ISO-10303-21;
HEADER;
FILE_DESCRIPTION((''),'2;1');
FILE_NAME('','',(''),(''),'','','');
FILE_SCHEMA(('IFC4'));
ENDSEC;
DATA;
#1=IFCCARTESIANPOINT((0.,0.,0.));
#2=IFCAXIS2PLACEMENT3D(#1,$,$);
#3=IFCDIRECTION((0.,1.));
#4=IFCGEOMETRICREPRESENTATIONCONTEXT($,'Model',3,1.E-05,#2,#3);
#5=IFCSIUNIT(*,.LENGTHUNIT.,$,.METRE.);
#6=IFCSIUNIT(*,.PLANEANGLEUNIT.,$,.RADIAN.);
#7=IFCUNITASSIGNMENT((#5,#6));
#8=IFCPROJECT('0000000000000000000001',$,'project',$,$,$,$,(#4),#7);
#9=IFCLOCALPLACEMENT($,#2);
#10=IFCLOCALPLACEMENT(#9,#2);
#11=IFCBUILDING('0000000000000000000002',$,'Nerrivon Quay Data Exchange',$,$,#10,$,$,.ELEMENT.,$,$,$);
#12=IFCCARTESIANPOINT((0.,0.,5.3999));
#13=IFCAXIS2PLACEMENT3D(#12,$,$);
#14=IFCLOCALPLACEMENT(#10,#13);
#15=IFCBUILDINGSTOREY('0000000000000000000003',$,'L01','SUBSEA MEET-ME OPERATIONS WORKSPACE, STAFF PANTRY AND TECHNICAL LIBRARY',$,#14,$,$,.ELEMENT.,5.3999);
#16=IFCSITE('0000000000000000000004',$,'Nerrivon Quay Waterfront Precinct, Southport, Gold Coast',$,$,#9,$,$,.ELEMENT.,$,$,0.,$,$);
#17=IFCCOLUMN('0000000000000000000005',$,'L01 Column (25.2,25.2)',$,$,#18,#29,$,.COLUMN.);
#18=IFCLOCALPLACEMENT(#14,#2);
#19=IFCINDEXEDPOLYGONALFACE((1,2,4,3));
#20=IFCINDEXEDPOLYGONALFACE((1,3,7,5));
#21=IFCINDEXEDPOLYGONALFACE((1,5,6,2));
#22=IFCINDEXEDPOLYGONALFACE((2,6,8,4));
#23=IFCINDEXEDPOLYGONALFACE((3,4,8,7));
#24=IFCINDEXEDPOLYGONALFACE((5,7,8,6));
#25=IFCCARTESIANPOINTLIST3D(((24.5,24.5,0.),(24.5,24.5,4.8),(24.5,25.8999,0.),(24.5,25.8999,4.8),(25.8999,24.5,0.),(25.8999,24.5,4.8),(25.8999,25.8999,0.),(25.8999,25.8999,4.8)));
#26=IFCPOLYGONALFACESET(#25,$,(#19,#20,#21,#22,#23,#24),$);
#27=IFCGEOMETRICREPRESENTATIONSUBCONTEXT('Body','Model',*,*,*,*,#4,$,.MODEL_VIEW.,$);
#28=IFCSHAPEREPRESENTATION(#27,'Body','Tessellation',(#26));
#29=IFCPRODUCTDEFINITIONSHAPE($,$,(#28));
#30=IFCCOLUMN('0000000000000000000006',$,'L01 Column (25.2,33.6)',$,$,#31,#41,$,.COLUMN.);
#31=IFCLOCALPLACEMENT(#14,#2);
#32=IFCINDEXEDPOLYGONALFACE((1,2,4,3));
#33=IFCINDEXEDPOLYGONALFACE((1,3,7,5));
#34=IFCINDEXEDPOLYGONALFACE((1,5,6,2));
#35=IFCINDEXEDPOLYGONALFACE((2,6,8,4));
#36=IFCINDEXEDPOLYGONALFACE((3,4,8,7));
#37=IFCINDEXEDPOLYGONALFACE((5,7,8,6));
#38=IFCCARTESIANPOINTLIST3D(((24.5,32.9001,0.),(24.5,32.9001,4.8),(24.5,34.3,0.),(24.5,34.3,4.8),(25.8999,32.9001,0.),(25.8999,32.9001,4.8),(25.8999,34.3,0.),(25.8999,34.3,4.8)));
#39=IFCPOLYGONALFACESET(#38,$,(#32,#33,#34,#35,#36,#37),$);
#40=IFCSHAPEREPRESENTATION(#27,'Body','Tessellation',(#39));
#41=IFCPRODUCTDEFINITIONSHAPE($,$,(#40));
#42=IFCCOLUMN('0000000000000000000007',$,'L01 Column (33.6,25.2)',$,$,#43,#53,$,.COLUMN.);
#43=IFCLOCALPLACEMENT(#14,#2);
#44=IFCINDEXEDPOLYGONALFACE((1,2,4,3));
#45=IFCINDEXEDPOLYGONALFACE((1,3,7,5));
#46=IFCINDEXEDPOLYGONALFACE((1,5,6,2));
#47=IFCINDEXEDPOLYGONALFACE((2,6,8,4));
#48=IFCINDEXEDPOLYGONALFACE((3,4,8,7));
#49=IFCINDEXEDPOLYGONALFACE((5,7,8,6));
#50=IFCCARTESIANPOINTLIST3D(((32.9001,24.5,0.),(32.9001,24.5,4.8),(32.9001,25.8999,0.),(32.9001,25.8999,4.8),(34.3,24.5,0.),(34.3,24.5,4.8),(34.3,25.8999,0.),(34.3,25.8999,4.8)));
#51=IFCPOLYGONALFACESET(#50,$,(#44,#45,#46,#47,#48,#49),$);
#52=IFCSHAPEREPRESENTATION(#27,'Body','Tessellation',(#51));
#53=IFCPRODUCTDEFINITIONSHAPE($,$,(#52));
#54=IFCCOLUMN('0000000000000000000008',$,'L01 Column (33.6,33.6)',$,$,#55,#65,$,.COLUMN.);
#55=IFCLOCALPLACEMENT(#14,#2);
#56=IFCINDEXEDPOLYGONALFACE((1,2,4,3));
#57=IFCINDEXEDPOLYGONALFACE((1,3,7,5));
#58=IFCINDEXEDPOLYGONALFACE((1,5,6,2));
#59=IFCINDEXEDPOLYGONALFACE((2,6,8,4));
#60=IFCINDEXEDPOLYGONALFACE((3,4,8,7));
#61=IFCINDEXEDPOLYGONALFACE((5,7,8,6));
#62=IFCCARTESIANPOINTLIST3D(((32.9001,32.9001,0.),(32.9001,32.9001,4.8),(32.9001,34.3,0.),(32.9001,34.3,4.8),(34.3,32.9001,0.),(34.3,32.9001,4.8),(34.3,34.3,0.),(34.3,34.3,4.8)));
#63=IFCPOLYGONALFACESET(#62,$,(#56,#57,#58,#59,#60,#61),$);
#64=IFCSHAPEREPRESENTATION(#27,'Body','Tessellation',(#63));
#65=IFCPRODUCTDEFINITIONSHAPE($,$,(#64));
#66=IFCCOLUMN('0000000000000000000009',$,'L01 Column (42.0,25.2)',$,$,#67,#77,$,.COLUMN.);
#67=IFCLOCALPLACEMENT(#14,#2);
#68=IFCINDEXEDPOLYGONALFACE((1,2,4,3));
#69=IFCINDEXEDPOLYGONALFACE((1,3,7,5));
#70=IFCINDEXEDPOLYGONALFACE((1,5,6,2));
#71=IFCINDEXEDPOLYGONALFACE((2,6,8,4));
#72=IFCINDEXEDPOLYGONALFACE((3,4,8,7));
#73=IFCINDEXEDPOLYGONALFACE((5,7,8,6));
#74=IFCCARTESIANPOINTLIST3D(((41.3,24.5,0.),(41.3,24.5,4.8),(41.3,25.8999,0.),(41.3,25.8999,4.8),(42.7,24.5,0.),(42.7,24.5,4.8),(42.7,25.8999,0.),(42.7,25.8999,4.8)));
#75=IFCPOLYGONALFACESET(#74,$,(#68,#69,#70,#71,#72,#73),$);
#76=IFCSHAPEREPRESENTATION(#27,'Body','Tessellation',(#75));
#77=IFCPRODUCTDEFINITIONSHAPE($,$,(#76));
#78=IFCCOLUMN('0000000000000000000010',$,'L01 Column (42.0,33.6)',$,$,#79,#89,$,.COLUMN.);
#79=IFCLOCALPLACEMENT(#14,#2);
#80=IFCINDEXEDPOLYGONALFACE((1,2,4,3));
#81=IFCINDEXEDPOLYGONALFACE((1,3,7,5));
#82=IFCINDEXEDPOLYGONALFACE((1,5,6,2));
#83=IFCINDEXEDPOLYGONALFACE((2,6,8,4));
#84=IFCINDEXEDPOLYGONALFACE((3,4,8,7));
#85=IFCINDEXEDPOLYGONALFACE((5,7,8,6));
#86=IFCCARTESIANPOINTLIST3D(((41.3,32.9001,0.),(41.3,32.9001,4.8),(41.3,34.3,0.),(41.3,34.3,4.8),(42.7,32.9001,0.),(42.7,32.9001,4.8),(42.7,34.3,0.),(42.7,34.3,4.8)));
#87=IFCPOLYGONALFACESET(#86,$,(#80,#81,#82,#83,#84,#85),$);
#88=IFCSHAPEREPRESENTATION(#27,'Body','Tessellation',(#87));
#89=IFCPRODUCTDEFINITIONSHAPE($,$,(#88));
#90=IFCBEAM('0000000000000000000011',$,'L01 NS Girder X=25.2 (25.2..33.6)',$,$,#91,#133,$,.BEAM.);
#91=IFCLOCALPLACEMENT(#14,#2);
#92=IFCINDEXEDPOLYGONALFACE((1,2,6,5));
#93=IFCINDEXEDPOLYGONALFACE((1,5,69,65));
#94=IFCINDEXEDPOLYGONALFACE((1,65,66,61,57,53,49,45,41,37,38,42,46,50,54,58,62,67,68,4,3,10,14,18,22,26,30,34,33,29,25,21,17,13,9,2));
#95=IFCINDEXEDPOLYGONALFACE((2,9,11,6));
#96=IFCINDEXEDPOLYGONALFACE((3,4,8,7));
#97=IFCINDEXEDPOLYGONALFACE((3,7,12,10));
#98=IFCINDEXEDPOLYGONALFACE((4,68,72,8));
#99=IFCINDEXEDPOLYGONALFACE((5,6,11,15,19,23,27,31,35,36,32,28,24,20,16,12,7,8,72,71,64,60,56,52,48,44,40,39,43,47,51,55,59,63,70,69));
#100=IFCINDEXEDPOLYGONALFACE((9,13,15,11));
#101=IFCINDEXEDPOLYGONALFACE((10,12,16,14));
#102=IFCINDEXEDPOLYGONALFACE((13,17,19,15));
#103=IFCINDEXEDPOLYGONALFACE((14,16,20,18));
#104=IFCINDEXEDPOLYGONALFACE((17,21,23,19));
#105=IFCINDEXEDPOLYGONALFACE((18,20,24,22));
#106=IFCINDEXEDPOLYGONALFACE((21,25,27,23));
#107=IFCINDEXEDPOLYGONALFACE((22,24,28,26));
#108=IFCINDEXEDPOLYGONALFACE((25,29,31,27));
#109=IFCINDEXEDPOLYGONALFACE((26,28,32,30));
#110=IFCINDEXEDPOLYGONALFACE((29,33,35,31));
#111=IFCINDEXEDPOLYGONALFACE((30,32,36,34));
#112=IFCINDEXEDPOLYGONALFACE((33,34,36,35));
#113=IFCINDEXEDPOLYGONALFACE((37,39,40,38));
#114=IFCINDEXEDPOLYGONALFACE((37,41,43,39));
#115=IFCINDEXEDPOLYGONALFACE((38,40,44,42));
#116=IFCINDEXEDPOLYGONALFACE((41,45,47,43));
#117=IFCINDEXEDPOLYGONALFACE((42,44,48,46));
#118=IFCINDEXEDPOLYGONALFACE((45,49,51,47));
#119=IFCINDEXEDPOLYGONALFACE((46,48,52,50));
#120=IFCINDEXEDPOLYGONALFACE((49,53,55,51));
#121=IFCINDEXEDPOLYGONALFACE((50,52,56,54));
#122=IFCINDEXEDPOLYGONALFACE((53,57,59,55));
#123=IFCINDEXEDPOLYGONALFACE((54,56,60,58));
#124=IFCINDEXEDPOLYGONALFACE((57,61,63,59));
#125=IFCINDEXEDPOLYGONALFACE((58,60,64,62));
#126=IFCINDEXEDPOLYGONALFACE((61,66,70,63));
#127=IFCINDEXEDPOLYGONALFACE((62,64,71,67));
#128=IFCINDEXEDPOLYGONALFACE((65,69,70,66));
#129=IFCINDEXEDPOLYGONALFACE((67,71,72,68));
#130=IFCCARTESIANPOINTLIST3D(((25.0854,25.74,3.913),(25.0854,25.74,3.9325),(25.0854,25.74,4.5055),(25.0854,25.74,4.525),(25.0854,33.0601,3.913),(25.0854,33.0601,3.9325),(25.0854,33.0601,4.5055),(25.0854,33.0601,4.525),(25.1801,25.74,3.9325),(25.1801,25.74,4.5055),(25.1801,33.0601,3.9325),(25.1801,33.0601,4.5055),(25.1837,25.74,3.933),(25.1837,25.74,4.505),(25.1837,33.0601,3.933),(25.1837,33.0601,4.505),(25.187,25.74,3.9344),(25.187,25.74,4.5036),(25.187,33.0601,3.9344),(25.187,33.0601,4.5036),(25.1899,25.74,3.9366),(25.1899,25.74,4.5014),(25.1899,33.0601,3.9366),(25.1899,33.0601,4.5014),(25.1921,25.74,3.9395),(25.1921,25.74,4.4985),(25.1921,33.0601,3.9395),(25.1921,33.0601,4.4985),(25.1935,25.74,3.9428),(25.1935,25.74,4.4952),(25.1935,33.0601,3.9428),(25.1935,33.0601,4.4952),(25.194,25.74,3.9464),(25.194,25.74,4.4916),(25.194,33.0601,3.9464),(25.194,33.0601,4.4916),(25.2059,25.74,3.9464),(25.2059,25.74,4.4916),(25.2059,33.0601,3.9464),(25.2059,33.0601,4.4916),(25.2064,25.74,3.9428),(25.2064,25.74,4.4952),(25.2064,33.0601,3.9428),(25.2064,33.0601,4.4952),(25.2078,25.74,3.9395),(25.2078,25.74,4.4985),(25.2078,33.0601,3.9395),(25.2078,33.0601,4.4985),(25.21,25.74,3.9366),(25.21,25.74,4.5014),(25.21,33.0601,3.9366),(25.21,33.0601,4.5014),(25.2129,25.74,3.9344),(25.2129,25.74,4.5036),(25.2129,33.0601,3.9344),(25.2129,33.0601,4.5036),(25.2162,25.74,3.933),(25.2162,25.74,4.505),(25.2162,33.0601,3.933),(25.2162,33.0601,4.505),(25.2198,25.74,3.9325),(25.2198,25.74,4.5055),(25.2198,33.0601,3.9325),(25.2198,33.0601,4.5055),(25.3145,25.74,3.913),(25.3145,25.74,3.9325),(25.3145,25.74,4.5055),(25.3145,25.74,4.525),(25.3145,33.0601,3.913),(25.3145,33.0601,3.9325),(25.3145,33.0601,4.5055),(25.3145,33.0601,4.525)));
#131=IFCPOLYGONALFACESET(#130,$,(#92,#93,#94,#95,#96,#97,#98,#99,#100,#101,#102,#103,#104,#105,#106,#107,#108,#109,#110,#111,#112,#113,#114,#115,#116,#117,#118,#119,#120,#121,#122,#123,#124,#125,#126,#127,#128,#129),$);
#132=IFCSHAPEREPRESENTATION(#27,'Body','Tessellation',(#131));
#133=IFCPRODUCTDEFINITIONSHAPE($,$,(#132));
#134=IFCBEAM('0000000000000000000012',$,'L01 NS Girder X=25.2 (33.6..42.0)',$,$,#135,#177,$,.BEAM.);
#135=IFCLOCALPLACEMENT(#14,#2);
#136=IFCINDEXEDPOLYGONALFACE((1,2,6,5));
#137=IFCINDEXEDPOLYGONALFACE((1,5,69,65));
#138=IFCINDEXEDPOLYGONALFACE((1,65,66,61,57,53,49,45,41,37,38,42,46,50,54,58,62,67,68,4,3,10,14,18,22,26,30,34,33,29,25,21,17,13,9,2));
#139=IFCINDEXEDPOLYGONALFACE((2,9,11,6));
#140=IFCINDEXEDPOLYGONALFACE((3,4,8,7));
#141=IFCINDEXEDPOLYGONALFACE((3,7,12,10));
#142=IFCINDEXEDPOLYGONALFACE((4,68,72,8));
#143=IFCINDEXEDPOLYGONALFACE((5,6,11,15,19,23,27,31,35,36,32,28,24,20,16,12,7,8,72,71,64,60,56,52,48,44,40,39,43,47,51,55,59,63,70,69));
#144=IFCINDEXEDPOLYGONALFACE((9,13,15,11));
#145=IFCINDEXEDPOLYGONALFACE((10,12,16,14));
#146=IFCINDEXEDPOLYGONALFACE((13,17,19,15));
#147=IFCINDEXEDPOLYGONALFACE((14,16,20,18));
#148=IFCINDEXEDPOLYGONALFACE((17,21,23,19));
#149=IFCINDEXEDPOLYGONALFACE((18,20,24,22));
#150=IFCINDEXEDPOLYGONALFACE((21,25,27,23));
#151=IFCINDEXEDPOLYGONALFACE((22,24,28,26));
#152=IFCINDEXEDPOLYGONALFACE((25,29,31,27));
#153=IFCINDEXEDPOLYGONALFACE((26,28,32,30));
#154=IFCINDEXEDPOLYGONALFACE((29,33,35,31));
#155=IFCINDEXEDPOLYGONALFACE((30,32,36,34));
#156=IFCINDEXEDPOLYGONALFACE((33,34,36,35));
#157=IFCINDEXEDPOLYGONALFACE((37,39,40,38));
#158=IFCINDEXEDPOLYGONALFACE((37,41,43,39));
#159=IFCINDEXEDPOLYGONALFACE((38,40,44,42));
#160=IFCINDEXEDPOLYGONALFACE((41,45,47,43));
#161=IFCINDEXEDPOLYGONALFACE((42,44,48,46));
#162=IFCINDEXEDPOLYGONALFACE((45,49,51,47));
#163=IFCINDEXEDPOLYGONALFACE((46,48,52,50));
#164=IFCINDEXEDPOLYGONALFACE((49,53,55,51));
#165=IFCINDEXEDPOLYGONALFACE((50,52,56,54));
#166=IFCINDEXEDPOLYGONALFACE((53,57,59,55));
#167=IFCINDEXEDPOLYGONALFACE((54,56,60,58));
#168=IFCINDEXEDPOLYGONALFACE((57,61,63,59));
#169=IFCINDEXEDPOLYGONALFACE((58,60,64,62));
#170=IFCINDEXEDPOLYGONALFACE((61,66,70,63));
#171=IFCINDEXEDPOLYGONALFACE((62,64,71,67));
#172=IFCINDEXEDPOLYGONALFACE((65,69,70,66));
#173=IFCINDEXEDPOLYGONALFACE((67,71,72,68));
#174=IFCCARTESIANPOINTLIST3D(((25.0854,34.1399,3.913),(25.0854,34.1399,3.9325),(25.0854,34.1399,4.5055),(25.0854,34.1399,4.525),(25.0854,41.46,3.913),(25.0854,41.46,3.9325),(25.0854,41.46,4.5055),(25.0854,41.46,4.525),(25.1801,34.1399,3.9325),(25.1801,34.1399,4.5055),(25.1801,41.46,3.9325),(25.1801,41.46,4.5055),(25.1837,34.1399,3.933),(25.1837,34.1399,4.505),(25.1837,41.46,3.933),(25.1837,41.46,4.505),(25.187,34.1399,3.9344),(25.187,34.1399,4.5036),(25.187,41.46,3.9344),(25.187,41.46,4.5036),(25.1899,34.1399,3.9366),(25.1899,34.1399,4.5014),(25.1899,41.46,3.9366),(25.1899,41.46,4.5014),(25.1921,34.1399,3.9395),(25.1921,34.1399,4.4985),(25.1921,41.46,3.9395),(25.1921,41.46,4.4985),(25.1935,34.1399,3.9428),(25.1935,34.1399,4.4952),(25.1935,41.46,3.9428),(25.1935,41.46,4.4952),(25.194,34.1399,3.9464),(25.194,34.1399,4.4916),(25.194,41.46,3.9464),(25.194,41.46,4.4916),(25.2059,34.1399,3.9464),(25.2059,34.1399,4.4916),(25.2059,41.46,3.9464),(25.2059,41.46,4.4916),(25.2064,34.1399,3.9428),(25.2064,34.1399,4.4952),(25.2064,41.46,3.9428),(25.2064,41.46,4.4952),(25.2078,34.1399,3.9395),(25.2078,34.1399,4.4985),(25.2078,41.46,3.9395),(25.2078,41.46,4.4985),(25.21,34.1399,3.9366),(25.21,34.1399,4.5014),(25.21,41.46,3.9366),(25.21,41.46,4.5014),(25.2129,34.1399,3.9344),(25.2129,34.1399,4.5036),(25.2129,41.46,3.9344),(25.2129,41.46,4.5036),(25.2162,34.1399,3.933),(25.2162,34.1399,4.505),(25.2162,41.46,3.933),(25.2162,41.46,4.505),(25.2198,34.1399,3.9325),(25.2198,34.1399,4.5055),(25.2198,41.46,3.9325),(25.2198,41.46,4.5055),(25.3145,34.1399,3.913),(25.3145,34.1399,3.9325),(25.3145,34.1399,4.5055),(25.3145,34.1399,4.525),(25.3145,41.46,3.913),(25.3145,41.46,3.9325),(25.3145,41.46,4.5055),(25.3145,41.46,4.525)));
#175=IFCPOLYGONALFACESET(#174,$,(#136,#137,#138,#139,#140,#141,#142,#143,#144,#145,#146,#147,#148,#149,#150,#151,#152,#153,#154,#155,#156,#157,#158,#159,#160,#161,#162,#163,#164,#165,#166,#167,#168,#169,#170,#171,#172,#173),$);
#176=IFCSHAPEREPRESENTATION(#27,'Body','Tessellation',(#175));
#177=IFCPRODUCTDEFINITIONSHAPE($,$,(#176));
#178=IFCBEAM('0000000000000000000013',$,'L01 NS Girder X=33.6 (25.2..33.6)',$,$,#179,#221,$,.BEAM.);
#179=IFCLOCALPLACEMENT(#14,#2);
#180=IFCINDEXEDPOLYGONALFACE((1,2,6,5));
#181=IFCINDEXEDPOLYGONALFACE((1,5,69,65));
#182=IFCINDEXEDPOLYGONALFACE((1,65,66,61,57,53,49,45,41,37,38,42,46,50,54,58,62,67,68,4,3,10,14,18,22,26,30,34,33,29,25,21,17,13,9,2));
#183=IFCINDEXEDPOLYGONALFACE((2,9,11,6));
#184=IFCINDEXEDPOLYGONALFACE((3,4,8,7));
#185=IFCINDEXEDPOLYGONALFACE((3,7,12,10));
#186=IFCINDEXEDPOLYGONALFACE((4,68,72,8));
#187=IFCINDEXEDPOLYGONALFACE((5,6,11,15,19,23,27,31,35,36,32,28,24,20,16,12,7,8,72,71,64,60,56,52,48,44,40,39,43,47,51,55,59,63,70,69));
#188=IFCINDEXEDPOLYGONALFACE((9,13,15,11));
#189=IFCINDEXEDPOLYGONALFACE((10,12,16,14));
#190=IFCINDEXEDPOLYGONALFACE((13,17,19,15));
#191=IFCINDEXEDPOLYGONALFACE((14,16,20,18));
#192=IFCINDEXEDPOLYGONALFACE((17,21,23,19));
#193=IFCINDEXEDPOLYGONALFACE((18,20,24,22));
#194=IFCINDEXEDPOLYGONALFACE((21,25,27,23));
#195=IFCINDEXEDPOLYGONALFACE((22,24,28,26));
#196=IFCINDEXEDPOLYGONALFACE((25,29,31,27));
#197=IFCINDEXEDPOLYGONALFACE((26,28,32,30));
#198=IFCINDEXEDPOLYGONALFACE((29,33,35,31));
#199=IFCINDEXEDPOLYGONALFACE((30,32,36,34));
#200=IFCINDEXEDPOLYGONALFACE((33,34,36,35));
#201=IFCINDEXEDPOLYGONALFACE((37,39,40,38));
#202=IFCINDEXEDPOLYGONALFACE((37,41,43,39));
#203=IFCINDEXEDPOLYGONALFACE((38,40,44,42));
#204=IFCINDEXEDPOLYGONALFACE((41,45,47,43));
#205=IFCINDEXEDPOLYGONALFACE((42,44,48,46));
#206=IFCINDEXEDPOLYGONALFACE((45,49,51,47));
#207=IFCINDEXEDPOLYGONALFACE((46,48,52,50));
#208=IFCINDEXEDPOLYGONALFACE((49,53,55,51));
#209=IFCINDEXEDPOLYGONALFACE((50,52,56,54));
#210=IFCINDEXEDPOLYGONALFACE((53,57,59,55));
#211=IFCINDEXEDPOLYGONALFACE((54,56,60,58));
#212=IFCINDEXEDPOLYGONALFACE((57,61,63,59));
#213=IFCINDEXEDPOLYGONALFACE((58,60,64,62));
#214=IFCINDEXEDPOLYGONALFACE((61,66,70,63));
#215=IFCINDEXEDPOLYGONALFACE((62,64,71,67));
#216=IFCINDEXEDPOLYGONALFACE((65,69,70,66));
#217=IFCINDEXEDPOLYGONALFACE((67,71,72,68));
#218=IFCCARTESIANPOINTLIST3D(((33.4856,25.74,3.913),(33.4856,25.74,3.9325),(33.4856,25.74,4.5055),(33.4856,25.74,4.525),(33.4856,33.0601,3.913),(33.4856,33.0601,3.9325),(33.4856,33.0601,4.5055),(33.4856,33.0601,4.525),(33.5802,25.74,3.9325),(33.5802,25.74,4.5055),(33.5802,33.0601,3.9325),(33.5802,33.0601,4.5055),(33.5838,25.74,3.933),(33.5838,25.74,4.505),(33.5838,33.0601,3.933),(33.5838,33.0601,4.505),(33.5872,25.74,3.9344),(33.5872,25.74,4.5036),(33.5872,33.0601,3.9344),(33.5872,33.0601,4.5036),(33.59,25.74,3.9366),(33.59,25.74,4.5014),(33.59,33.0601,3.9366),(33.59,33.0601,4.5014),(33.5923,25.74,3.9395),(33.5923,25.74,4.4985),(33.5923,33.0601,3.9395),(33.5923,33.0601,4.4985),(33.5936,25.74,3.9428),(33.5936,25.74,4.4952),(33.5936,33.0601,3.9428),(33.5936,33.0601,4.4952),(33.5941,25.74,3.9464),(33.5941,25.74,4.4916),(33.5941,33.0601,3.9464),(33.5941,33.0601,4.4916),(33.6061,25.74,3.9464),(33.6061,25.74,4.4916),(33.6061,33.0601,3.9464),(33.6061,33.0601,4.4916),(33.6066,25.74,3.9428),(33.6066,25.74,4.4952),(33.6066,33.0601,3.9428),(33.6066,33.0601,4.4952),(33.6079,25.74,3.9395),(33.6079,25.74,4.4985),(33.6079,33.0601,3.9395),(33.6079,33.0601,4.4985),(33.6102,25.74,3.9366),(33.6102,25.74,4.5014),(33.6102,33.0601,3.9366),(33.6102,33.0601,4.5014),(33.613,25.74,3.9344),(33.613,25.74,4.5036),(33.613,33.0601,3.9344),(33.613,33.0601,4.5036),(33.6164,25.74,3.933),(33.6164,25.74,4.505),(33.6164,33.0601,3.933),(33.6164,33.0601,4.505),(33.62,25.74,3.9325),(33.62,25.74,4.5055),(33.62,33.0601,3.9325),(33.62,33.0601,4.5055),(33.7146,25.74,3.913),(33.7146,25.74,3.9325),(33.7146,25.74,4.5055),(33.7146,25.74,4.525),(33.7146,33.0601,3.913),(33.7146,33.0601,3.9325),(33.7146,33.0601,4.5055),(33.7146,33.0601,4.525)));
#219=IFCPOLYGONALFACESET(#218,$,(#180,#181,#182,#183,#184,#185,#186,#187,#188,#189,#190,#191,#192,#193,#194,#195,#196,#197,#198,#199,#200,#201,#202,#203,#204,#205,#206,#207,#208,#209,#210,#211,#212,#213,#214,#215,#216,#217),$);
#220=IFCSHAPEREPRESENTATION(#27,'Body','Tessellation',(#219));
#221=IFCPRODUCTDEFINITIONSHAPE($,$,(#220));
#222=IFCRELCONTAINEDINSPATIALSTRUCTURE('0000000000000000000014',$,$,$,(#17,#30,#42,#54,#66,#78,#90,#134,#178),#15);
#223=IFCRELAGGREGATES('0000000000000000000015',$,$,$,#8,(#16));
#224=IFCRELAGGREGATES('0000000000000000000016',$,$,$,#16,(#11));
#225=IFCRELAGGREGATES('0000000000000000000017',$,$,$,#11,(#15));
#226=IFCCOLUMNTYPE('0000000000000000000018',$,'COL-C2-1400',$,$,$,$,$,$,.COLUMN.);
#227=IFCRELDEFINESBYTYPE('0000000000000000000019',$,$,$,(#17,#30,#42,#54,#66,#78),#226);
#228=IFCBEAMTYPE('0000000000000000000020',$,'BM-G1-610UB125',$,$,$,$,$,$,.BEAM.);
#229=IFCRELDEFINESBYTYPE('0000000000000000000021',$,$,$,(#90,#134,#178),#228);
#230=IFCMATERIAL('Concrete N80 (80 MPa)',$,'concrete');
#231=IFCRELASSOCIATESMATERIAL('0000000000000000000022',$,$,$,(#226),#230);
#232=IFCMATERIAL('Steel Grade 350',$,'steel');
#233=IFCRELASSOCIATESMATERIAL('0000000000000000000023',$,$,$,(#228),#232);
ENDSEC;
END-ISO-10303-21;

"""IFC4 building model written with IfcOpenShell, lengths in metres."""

from ifc_helpers import new_model, si_unit, direction, frame, origin, origin_2d, place, context, subcontext, project, spatial, rectangle, i_section, extrude, material, material_profile, profile_set, type_object, element, save


model = new_model("IFC4")

# Units and contexts
model_context = context("Model", 3, precision=1e-05, world=origin(), true_north=direction((0.0, 1.0)))
body_context = subcontext(model_context, "Body", "Model", "MODEL_VIEW")
ifc_project = project(units=[si_unit("LENGTHUNIT", "METRE"), si_unit("PLANEANGLEUNIT", "RADIAN")], contexts=[model_context])

# Site, building, storey
site_placement = place(None, origin())
site = spatial("IfcSite", under=ifc_project, at=site_placement, Name="Nerrivon Quay Waterfront Precinct, Southport, Gold Coast", CompositionType="ELEMENT", RefElevation=0.0)
building_placement = place(site_placement, origin())
building = spatial("IfcBuilding", under=site, at=building_placement, Name="Nerrivon Quay Data Exchange", CompositionType="ELEMENT")
storey_placement = place(building_placement, frame((0.0, 0.0, 5.3999)))
storey = spatial("IfcBuildingStorey", under=building, at=storey_placement, Name="L01", Description="SUBSEA MEET-ME OPERATIONS WORKSPACE, STAFF PANTRY AND TECHNICAL LIBRARY", CompositionType="ELEMENT", Elevation=5.3999)

# Columns
ifc_material_1 = material(Name="Concrete N80 (80 MPa)", Category="concrete")
ifc_material_profile_1 = material_profile(ifc_material_1, rectangle(XDim=1.3999, YDim=1.3999, at=origin_2d()), Name="RC-COL-1400x1400")
ifc_profile_set_1 = profile_set([ifc_material_profile_1], Name="Concrete N80 (80 MPa)")
column_type = type_object("IfcColumnType", Name="COL-C2-1400", PredefinedType="COLUMN", material=ifc_profile_set_1)
for number, where, z_axis, x_axis, name in (
    (1, (25.2, 25.2, 0.0), (0.0, 0.0, 1.0), (1.0, 0.0, 0.0), "L01 Column (25.2,25.2)"),
    (2, (25.2, 33.6001, 0.0), (0.0, 0.0, 1.0), (1.0, 0.0, 0.0), "L01 Column (25.2,33.6)"),
    (3, (33.6001, 25.2, 0.0), (0.0, 0.0, 1.0), (1.0, 0.0, 0.0), "L01 Column (33.6,25.2)"),
    (4, (33.6001, 33.6001, 0.0), (0.0, 0.0, 1.0), (1.0, 0.0, 0.0), "L01 Column (33.6,33.6)"),
    (5, (42.0, 25.2, 0.0), (0.0, 0.0, 1.0), (1.0, 0.0, 0.0), "L01 Column (42.0,25.2)"),
    (6, (42.0, 33.6001, 0.0), (0.0, 0.0, 1.0), (1.0, 0.0, 0.0), "L01 Column (42.0,33.6)"),
):
    element("IfcColumn", number, at=place(storey_placement, frame(where, z_axis=z_axis, x_axis=x_axis)), inside=storey, type_object=column_type, Name=name, PredefinedType="COLUMN", context=body_context, shape_type="SweptSolid", body=[
        extrude(rectangle(XDim=1.3999, YDim=1.3999, at=origin_2d()), origin(), (0.0, 0.0, 1.0), 4.8),
    ])

# Beams
ifc_material_2 = material(Name="Steel Grade 350", Category="steel")
ifc_material_profile_2 = material_profile(ifc_material_2, i_section(OverallWidth=0.229, OverallDepth=0.6121, WebThickness=0.012, FlangeThickness=0.0195, FilletRadius=0.0139, at=origin_2d()), Name="610UB125")
ifc_profile_set_2 = profile_set([ifc_material_profile_2], Name="Steel Grade 350")
beam_type_1 = type_object("IfcBeamType", Name="BM-G1-610UB125", PredefinedType="BEAM", material=ifc_profile_set_2)
for number, where, z_axis, x_axis, name in (
    (7, (25.2, 25.74, 4.219), (0.0, 1.0, 0.0), (-1.0, 0.0, 0.0), "L01 NS Girder X=25.2 (25.2..33.6)"),
    (8, (25.2, 34.1399, 4.219), (0.0, 1.0, 0.0), (-1.0, 0.0, 0.0), "L01 NS Girder X=25.2 (33.6..42.0)"),
    (9, (33.6001, 25.74, 4.219), (0.0, 1.0, 0.0), (-1.0, 0.0, 0.0), "L01 NS Girder X=33.6 (25.2..33.6)"),
):
    element("IfcBeam", number, at=place(storey_placement, frame(where, z_axis=z_axis, x_axis=x_axis)), inside=storey, type_object=beam_type_1, Name=name, PredefinedType="BEAM", context=body_context, shape_type="SweptSolid", body=[
        extrude(i_section(OverallWidth=0.229, OverallDepth=0.6121, WebThickness=0.012, FlangeThickness=0.0195, FilletRadius=0.0139, at=origin_2d()), origin(), (0.0, 0.0, 1.0), 7.3201),
    ])

save(model, "model.ifc")
